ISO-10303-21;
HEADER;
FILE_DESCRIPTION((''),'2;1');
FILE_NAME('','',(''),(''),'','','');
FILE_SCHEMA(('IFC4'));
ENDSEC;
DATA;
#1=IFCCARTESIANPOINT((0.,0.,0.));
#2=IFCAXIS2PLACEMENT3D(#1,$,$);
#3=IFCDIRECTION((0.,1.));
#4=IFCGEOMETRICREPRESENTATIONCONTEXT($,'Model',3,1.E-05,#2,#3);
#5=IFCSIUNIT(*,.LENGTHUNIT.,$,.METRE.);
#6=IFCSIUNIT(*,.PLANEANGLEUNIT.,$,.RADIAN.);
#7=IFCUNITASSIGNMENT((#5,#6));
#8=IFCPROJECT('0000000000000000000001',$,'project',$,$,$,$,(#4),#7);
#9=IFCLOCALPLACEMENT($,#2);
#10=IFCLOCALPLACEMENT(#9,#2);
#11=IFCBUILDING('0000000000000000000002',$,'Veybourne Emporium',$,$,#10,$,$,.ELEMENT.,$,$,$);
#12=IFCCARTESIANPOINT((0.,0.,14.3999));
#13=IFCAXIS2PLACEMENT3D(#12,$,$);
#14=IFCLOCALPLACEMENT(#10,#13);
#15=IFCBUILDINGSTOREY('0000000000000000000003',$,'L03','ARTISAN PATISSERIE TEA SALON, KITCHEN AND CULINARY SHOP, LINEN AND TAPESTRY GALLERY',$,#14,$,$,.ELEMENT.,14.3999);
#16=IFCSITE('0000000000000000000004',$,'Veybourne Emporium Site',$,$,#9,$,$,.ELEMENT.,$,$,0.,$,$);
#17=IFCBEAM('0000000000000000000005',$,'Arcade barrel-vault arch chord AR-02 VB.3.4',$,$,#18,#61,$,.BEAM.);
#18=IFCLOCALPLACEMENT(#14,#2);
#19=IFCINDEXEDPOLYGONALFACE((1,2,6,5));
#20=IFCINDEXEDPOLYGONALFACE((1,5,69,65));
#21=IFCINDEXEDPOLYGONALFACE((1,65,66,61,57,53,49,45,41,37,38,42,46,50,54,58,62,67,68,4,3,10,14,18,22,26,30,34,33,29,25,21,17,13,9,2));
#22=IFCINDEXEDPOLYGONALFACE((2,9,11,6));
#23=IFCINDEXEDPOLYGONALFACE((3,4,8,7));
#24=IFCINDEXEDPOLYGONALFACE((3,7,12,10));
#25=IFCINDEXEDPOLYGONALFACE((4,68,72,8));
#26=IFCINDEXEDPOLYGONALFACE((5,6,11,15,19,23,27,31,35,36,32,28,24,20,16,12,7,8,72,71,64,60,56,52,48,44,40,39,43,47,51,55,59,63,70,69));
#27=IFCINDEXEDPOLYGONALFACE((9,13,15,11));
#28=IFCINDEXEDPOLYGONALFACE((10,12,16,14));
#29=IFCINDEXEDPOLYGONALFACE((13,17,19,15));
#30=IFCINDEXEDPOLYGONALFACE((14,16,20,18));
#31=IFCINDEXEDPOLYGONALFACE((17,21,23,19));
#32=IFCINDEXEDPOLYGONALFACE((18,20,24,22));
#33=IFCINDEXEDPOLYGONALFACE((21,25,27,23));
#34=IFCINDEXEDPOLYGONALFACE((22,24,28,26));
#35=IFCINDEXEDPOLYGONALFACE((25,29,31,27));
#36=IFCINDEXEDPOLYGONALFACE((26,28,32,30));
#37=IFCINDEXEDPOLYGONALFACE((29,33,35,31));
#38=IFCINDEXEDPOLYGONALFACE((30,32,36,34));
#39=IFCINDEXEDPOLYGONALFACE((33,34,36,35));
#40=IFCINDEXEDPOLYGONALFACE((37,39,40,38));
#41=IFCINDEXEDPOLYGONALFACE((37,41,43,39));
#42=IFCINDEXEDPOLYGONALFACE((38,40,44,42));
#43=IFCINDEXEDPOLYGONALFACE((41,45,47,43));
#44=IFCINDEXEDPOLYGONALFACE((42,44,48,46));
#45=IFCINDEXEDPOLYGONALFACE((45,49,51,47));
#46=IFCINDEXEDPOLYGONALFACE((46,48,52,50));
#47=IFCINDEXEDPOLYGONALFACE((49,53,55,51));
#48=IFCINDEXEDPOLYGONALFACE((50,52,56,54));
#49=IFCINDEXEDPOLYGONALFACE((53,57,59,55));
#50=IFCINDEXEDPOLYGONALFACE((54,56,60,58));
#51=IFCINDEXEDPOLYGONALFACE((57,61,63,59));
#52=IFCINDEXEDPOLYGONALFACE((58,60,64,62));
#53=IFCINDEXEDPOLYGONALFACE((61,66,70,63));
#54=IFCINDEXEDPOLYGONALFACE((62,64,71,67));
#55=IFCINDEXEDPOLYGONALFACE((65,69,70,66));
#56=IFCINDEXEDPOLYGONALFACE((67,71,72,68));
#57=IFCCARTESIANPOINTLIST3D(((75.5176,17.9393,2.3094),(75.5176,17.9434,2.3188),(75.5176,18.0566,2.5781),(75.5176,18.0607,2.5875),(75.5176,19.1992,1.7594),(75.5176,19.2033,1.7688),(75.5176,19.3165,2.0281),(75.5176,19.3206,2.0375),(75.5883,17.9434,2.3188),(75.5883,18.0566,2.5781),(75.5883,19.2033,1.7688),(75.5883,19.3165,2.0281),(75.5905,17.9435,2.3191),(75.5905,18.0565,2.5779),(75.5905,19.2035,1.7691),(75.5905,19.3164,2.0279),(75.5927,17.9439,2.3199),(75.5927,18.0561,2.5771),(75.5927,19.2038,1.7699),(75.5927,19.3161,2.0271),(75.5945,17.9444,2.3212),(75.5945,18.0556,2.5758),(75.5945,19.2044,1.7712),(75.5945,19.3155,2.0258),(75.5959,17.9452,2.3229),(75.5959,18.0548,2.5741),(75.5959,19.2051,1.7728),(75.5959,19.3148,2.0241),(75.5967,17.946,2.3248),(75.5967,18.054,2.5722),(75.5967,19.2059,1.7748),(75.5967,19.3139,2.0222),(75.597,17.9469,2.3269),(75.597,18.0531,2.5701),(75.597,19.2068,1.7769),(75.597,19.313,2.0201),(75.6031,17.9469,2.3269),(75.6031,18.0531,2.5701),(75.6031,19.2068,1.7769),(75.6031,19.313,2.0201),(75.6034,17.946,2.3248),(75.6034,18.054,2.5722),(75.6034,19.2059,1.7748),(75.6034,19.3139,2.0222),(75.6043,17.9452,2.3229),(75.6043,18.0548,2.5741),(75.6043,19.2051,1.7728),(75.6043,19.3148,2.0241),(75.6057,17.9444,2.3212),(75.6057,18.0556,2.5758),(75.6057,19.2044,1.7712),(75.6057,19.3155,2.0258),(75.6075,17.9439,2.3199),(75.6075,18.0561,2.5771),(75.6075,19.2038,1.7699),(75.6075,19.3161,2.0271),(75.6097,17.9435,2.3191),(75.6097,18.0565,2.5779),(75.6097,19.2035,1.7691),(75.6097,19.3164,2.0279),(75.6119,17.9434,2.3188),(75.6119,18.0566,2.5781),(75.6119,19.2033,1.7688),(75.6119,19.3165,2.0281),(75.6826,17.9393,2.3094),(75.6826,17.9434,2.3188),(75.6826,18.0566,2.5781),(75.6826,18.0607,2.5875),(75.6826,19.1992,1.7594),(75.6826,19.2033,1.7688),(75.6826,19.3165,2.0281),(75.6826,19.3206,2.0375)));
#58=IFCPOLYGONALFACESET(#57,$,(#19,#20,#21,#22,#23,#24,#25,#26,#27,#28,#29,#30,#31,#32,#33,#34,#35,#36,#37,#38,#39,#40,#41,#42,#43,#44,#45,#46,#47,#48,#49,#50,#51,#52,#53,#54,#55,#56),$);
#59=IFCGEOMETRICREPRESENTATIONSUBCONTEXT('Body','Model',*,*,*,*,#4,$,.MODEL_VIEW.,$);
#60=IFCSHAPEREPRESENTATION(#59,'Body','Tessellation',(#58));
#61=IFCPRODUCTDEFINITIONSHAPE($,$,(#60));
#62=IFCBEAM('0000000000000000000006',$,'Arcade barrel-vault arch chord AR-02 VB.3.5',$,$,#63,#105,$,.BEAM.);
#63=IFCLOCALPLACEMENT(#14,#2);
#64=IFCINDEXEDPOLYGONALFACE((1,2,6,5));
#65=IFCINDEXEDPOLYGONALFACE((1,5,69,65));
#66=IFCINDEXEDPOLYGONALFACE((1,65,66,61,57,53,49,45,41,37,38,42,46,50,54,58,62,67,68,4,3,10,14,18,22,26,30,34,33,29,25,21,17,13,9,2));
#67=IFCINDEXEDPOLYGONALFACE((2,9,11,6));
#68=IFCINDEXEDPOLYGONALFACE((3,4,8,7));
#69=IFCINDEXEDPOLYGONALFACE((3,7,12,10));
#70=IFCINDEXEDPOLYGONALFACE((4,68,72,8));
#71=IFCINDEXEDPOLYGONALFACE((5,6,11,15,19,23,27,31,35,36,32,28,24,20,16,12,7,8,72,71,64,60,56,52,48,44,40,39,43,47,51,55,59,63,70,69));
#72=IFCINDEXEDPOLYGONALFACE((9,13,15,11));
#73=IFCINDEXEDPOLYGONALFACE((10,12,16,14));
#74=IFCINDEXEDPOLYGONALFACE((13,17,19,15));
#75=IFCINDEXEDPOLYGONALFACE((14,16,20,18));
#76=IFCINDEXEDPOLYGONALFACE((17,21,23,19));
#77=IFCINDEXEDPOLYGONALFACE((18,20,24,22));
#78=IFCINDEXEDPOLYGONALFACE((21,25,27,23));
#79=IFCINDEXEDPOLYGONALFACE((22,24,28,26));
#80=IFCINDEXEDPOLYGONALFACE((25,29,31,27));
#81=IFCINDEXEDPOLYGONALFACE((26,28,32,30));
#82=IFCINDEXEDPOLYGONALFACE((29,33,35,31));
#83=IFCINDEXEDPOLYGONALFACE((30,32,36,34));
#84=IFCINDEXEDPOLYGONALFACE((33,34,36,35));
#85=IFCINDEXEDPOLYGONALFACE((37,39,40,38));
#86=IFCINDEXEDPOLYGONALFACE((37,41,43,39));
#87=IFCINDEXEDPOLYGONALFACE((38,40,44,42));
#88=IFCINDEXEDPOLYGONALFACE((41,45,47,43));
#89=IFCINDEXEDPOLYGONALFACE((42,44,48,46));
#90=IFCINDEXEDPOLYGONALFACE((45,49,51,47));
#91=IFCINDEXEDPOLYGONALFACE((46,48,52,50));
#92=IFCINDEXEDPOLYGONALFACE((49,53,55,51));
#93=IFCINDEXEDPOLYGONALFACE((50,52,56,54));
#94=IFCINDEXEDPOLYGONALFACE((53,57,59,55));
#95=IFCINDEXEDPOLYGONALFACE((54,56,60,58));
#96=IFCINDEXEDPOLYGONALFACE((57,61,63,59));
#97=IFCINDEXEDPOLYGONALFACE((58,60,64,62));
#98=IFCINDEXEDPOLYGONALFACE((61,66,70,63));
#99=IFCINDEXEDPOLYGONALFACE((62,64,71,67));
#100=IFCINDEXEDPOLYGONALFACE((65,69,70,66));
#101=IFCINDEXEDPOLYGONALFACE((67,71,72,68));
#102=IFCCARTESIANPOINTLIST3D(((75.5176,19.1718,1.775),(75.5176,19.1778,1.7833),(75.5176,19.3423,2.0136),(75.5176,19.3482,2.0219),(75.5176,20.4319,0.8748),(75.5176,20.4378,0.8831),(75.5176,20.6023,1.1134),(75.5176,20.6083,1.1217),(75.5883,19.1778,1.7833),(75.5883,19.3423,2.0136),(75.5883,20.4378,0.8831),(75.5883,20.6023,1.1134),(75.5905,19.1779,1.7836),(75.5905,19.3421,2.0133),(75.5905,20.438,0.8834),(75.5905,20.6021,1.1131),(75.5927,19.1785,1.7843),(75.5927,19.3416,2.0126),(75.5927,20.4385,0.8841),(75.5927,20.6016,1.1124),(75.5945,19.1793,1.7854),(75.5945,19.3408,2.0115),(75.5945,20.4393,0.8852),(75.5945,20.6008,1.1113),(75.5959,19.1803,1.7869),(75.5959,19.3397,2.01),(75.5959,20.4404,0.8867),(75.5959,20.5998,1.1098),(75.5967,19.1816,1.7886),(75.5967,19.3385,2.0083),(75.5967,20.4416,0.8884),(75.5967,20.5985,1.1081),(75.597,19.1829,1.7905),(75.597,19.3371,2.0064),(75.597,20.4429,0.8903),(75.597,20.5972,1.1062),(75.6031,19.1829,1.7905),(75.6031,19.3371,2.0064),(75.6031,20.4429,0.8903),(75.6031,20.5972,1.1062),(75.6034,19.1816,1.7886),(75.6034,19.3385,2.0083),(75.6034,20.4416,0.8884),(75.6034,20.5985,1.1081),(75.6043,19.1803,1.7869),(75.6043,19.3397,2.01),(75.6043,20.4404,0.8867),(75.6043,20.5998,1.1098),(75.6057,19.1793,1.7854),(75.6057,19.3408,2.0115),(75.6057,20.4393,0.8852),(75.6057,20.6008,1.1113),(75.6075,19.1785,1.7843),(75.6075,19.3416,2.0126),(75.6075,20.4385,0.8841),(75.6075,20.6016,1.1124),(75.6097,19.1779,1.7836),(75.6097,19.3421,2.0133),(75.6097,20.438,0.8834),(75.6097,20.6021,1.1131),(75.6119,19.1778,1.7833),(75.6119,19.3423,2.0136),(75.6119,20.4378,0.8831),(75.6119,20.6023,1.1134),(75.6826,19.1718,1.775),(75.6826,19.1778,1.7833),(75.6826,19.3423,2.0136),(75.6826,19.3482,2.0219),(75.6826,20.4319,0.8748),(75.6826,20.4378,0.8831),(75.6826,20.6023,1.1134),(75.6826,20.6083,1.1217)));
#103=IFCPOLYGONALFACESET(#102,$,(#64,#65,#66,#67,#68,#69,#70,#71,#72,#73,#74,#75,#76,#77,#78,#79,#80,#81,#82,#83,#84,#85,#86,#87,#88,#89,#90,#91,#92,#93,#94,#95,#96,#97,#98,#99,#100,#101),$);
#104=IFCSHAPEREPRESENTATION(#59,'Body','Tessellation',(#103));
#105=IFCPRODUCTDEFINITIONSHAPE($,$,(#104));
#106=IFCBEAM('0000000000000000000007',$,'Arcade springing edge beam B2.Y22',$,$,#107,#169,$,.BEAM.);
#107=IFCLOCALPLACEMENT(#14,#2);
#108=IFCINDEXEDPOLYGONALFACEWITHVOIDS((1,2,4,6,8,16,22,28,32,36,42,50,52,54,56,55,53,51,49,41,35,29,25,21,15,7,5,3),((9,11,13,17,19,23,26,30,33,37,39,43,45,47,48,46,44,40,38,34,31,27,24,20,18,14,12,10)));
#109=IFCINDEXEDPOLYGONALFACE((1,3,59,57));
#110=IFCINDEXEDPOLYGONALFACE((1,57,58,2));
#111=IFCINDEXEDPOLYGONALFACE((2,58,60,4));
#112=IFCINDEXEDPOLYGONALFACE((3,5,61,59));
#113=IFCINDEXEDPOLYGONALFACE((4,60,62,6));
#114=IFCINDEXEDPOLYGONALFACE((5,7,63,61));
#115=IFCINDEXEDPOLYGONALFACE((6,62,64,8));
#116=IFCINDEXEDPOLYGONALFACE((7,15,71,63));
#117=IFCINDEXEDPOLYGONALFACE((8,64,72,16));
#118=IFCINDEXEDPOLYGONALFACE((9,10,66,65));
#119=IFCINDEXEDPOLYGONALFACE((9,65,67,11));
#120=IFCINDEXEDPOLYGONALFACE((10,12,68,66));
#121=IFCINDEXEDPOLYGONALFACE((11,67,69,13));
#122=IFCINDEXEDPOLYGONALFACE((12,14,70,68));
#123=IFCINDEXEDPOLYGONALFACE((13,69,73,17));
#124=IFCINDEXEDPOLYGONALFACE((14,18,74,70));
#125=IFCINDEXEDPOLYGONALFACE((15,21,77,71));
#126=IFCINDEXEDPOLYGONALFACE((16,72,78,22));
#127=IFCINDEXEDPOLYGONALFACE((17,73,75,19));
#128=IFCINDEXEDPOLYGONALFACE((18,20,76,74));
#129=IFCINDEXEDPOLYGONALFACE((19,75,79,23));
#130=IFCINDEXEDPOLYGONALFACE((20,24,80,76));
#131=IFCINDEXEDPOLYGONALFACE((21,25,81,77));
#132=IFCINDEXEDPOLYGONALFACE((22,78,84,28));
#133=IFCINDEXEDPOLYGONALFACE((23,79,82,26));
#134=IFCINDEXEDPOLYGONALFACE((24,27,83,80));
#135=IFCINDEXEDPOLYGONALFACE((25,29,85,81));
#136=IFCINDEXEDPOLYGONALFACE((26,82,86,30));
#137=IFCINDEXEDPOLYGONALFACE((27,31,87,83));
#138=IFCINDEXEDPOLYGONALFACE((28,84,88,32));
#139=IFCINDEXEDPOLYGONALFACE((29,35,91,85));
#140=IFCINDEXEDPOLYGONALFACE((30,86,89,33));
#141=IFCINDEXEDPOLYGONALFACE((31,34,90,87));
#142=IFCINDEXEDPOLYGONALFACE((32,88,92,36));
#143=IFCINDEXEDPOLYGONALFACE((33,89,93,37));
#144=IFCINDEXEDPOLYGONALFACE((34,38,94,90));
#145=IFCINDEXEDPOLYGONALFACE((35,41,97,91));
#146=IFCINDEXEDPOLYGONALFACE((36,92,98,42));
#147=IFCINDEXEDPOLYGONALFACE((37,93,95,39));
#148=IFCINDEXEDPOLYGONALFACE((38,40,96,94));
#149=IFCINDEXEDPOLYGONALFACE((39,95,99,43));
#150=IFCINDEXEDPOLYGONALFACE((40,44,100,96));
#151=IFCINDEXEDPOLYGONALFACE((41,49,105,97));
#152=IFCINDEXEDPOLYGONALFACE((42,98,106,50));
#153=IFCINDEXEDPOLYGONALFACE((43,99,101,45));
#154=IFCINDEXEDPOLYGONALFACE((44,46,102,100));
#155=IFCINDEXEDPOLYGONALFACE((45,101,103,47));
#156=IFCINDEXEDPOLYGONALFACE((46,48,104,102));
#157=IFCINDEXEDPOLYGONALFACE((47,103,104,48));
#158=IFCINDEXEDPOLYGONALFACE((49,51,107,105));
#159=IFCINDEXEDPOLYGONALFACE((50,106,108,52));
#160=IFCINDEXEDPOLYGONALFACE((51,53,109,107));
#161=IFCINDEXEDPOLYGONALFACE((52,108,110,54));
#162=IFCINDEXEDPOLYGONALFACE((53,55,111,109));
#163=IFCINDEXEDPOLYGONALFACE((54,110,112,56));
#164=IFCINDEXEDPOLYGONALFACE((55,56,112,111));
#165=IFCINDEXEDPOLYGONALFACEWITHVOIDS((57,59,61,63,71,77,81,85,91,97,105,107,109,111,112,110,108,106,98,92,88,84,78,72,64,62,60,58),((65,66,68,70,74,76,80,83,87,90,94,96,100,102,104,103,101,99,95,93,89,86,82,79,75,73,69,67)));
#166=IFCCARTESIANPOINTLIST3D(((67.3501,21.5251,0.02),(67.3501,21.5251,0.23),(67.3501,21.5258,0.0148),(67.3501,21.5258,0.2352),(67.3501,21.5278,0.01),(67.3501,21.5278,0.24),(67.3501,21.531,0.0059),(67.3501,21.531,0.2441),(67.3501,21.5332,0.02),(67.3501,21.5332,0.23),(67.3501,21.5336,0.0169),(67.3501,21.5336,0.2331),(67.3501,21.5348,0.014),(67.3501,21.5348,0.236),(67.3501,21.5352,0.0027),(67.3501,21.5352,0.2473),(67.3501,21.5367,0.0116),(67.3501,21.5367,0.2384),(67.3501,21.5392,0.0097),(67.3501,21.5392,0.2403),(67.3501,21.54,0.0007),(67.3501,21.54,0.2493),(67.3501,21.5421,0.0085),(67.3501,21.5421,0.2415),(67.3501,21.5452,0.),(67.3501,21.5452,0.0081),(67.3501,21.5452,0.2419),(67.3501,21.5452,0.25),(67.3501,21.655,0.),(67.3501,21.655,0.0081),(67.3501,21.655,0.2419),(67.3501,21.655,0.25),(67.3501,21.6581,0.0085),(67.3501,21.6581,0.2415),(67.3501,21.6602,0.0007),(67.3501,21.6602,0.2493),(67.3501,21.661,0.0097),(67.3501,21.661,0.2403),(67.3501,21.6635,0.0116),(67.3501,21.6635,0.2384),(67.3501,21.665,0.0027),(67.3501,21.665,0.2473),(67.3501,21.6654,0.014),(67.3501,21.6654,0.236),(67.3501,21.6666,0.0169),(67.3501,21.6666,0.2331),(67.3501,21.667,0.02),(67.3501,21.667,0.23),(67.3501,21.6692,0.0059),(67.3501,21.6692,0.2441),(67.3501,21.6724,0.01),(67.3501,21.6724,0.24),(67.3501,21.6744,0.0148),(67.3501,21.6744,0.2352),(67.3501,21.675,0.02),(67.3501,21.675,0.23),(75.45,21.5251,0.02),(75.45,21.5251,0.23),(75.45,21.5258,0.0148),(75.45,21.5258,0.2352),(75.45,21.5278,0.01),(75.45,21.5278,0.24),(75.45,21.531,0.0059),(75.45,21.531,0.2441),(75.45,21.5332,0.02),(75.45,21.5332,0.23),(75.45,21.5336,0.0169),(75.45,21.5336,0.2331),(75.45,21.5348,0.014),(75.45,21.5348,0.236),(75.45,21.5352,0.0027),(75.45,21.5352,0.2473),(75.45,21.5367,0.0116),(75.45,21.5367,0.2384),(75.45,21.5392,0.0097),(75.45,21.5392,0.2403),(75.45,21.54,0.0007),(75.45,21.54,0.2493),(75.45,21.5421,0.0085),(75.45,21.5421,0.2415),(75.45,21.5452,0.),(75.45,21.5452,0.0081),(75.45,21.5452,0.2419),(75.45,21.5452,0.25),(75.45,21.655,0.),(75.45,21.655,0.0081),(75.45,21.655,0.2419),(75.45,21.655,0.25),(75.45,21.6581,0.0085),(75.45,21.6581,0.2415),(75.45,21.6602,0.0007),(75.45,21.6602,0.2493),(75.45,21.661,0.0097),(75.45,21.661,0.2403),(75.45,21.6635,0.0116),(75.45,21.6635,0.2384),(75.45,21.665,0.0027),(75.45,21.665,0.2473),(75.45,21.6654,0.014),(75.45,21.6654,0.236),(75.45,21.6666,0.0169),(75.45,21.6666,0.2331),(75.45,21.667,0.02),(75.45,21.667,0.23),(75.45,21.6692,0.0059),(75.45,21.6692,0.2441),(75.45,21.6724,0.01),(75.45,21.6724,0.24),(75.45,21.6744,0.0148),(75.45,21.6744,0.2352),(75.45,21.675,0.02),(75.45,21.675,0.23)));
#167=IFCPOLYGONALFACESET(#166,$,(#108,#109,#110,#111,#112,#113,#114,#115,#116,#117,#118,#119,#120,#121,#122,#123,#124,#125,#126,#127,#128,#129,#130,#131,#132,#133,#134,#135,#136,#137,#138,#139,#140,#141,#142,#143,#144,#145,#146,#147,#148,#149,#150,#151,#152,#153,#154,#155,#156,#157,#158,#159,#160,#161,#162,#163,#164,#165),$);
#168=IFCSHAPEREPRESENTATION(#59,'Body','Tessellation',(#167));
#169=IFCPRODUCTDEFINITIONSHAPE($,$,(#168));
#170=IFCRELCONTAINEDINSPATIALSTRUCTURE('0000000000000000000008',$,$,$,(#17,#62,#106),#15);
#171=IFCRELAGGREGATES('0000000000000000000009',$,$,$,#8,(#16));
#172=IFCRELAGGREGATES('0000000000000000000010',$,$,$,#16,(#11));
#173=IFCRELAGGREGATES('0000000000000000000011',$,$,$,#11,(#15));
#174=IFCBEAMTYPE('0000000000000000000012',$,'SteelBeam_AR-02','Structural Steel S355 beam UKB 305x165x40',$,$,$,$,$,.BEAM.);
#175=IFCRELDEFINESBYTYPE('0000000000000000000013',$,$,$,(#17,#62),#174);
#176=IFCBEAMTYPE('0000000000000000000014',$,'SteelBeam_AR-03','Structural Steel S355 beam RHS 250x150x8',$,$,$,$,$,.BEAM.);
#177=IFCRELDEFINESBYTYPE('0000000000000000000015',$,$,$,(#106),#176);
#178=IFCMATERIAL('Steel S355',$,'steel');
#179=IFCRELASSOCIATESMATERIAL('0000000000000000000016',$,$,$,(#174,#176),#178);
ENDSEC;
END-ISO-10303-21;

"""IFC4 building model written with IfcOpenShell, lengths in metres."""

from ifc_helpers import new_model, si_unit, direction, frame, origin, origin_2d, place, context, subcontext, project, spatial, hollow_rectangle, i_section, extrude, material, material_profile, profile_set, type_object, element, save


model = new_model("IFC4")

# Units and contexts
model_context = context("Model", 3, precision=1e-05, world=origin(), true_north=direction((0.0, 1.0)))
body_context = subcontext(model_context, "Body", "Model", "MODEL_VIEW")
ifc_project = project(units=[si_unit("LENGTHUNIT", "METRE"), si_unit("PLANEANGLEUNIT", "RADIAN")], contexts=[model_context])

# Site, building, storey
site_placement = place(None, origin())
site = spatial("IfcSite", under=ifc_project, at=site_placement, Name="Veybourne Emporium Site", CompositionType="ELEMENT", RefElevation=0.0)
building_placement = place(site_placement, origin())
building = spatial("IfcBuilding", under=site, at=building_placement, Name="Veybourne Emporium", CompositionType="ELEMENT")
storey_placement = place(building_placement, frame((0.0, 0.0, 14.3999)))
storey = spatial("IfcBuildingStorey", under=building, at=storey_placement, Name="L03", Description="ARTISAN PATISSERIE TEA SALON, KITCHEN AND CULINARY SHOP, LINEN AND TAPESTRY GALLERY", CompositionType="ELEMENT", Elevation=14.3999)

# Beams
ifc_material_1 = material(Name="Steel S355", Category="steel")
ifc_material_profile_1 = material_profile(ifc_material_1, i_section(OverallWidth=0.165, OverallDepth=0.3035, WebThickness=0.0061, FlangeThickness=0.0103, FilletRadius=0.0088, at=origin_2d()), Name="UKB 305x165x40")
ifc_profile_set_1 = profile_set([ifc_material_profile_1], Name="Steel S355")
beam_type_1 = type_object("IfcBeamType", Name="SteelBeam_AR-02", Description="Structural Steel S355 beam UKB 305x165x40", PredefinedType="BEAM", material=ifc_profile_set_1)
for number, where, z_axis, x_axis, name in (
    (1, (75.6001, 18.0, 2.4485), (0.0, 0.916479, -0.400083), (-1.0, 0.0, 0.0), "Arcade barrel-vault arch chord AR-02 VB.3.4"),
):
    element("IfcBeam", number, at=place(storey_placement, frame(where, z_axis=z_axis, x_axis=x_axis)), inside=storey, type_object=beam_type_1, Name=name, PredefinedType="BEAM", context=body_context, shape_type="SweptSolid", body=[
        extrude(i_section(OverallWidth=0.165, OverallDepth=0.3035, WebThickness=0.0061, FlangeThickness=0.0103, FilletRadius=0.0088, at=origin_2d()), origin(), (0.0, 0.0, 1.0), 1.3748),
    ])
beam_1_placement = place(storey_placement, frame((75.6001, 19.26, 1.8984), z_axis=(0.0, 0.813691, -0.581298), x_axis=(-1.0, 0.0, 0.0)))
element("IfcBeam", 2, at=beam_1_placement, inside=storey, type_object=beam_type_1, Name="Arcade barrel-vault arch chord AR-02 VB.3.5", PredefinedType="BEAM", context=body_context, shape_type="SweptSolid", body=[
    extrude(i_section(OverallWidth=0.165, OverallDepth=0.3035, WebThickness=0.0061, FlangeThickness=0.0103, FilletRadius=0.0088, at=origin_2d()), origin(), (0.0, 0.0, 1.0), 1.5486),
])
ifc_material_profile_2 = material_profile(ifc_material_1, hollow_rectangle(XDim=0.1499, YDim=0.25, WallThickness=0.0081, InnerFilletRadius=0.012, OuterFilletRadius=0.02, at=origin_2d()), Name="RHS 250x150x8")
ifc_profile_set_2 = profile_set([ifc_material_profile_2], Name="Steel S355")
beam_type_2 = type_object("IfcBeamType", Name="SteelBeam_AR-03", Description="Structural Steel S355 beam RHS 250x150x8", PredefinedType="BEAM", material=ifc_profile_set_2)
beam_2_placement = place(storey_placement, frame((67.3501, 21.6001, 0.125), z_axis=(1.0, 0.0, 0.0), x_axis=(0.0, 1.0, 0.0)))
element("IfcBeam", 3, at=beam_2_placement, inside=storey, type_object=beam_type_2, Name="Arcade springing edge beam B2.Y22", PredefinedType="BEAM", context=body_context, shape_type="SweptSolid", body=[
    extrude(hollow_rectangle(XDim=0.1499, YDim=0.25, WallThickness=0.0081, InnerFilletRadius=0.012, OuterFilletRadius=0.02, at=origin_2d()), origin(), (0.0, 0.0, 1.0), 8.0999),
])

save(model, "model.ifc")
